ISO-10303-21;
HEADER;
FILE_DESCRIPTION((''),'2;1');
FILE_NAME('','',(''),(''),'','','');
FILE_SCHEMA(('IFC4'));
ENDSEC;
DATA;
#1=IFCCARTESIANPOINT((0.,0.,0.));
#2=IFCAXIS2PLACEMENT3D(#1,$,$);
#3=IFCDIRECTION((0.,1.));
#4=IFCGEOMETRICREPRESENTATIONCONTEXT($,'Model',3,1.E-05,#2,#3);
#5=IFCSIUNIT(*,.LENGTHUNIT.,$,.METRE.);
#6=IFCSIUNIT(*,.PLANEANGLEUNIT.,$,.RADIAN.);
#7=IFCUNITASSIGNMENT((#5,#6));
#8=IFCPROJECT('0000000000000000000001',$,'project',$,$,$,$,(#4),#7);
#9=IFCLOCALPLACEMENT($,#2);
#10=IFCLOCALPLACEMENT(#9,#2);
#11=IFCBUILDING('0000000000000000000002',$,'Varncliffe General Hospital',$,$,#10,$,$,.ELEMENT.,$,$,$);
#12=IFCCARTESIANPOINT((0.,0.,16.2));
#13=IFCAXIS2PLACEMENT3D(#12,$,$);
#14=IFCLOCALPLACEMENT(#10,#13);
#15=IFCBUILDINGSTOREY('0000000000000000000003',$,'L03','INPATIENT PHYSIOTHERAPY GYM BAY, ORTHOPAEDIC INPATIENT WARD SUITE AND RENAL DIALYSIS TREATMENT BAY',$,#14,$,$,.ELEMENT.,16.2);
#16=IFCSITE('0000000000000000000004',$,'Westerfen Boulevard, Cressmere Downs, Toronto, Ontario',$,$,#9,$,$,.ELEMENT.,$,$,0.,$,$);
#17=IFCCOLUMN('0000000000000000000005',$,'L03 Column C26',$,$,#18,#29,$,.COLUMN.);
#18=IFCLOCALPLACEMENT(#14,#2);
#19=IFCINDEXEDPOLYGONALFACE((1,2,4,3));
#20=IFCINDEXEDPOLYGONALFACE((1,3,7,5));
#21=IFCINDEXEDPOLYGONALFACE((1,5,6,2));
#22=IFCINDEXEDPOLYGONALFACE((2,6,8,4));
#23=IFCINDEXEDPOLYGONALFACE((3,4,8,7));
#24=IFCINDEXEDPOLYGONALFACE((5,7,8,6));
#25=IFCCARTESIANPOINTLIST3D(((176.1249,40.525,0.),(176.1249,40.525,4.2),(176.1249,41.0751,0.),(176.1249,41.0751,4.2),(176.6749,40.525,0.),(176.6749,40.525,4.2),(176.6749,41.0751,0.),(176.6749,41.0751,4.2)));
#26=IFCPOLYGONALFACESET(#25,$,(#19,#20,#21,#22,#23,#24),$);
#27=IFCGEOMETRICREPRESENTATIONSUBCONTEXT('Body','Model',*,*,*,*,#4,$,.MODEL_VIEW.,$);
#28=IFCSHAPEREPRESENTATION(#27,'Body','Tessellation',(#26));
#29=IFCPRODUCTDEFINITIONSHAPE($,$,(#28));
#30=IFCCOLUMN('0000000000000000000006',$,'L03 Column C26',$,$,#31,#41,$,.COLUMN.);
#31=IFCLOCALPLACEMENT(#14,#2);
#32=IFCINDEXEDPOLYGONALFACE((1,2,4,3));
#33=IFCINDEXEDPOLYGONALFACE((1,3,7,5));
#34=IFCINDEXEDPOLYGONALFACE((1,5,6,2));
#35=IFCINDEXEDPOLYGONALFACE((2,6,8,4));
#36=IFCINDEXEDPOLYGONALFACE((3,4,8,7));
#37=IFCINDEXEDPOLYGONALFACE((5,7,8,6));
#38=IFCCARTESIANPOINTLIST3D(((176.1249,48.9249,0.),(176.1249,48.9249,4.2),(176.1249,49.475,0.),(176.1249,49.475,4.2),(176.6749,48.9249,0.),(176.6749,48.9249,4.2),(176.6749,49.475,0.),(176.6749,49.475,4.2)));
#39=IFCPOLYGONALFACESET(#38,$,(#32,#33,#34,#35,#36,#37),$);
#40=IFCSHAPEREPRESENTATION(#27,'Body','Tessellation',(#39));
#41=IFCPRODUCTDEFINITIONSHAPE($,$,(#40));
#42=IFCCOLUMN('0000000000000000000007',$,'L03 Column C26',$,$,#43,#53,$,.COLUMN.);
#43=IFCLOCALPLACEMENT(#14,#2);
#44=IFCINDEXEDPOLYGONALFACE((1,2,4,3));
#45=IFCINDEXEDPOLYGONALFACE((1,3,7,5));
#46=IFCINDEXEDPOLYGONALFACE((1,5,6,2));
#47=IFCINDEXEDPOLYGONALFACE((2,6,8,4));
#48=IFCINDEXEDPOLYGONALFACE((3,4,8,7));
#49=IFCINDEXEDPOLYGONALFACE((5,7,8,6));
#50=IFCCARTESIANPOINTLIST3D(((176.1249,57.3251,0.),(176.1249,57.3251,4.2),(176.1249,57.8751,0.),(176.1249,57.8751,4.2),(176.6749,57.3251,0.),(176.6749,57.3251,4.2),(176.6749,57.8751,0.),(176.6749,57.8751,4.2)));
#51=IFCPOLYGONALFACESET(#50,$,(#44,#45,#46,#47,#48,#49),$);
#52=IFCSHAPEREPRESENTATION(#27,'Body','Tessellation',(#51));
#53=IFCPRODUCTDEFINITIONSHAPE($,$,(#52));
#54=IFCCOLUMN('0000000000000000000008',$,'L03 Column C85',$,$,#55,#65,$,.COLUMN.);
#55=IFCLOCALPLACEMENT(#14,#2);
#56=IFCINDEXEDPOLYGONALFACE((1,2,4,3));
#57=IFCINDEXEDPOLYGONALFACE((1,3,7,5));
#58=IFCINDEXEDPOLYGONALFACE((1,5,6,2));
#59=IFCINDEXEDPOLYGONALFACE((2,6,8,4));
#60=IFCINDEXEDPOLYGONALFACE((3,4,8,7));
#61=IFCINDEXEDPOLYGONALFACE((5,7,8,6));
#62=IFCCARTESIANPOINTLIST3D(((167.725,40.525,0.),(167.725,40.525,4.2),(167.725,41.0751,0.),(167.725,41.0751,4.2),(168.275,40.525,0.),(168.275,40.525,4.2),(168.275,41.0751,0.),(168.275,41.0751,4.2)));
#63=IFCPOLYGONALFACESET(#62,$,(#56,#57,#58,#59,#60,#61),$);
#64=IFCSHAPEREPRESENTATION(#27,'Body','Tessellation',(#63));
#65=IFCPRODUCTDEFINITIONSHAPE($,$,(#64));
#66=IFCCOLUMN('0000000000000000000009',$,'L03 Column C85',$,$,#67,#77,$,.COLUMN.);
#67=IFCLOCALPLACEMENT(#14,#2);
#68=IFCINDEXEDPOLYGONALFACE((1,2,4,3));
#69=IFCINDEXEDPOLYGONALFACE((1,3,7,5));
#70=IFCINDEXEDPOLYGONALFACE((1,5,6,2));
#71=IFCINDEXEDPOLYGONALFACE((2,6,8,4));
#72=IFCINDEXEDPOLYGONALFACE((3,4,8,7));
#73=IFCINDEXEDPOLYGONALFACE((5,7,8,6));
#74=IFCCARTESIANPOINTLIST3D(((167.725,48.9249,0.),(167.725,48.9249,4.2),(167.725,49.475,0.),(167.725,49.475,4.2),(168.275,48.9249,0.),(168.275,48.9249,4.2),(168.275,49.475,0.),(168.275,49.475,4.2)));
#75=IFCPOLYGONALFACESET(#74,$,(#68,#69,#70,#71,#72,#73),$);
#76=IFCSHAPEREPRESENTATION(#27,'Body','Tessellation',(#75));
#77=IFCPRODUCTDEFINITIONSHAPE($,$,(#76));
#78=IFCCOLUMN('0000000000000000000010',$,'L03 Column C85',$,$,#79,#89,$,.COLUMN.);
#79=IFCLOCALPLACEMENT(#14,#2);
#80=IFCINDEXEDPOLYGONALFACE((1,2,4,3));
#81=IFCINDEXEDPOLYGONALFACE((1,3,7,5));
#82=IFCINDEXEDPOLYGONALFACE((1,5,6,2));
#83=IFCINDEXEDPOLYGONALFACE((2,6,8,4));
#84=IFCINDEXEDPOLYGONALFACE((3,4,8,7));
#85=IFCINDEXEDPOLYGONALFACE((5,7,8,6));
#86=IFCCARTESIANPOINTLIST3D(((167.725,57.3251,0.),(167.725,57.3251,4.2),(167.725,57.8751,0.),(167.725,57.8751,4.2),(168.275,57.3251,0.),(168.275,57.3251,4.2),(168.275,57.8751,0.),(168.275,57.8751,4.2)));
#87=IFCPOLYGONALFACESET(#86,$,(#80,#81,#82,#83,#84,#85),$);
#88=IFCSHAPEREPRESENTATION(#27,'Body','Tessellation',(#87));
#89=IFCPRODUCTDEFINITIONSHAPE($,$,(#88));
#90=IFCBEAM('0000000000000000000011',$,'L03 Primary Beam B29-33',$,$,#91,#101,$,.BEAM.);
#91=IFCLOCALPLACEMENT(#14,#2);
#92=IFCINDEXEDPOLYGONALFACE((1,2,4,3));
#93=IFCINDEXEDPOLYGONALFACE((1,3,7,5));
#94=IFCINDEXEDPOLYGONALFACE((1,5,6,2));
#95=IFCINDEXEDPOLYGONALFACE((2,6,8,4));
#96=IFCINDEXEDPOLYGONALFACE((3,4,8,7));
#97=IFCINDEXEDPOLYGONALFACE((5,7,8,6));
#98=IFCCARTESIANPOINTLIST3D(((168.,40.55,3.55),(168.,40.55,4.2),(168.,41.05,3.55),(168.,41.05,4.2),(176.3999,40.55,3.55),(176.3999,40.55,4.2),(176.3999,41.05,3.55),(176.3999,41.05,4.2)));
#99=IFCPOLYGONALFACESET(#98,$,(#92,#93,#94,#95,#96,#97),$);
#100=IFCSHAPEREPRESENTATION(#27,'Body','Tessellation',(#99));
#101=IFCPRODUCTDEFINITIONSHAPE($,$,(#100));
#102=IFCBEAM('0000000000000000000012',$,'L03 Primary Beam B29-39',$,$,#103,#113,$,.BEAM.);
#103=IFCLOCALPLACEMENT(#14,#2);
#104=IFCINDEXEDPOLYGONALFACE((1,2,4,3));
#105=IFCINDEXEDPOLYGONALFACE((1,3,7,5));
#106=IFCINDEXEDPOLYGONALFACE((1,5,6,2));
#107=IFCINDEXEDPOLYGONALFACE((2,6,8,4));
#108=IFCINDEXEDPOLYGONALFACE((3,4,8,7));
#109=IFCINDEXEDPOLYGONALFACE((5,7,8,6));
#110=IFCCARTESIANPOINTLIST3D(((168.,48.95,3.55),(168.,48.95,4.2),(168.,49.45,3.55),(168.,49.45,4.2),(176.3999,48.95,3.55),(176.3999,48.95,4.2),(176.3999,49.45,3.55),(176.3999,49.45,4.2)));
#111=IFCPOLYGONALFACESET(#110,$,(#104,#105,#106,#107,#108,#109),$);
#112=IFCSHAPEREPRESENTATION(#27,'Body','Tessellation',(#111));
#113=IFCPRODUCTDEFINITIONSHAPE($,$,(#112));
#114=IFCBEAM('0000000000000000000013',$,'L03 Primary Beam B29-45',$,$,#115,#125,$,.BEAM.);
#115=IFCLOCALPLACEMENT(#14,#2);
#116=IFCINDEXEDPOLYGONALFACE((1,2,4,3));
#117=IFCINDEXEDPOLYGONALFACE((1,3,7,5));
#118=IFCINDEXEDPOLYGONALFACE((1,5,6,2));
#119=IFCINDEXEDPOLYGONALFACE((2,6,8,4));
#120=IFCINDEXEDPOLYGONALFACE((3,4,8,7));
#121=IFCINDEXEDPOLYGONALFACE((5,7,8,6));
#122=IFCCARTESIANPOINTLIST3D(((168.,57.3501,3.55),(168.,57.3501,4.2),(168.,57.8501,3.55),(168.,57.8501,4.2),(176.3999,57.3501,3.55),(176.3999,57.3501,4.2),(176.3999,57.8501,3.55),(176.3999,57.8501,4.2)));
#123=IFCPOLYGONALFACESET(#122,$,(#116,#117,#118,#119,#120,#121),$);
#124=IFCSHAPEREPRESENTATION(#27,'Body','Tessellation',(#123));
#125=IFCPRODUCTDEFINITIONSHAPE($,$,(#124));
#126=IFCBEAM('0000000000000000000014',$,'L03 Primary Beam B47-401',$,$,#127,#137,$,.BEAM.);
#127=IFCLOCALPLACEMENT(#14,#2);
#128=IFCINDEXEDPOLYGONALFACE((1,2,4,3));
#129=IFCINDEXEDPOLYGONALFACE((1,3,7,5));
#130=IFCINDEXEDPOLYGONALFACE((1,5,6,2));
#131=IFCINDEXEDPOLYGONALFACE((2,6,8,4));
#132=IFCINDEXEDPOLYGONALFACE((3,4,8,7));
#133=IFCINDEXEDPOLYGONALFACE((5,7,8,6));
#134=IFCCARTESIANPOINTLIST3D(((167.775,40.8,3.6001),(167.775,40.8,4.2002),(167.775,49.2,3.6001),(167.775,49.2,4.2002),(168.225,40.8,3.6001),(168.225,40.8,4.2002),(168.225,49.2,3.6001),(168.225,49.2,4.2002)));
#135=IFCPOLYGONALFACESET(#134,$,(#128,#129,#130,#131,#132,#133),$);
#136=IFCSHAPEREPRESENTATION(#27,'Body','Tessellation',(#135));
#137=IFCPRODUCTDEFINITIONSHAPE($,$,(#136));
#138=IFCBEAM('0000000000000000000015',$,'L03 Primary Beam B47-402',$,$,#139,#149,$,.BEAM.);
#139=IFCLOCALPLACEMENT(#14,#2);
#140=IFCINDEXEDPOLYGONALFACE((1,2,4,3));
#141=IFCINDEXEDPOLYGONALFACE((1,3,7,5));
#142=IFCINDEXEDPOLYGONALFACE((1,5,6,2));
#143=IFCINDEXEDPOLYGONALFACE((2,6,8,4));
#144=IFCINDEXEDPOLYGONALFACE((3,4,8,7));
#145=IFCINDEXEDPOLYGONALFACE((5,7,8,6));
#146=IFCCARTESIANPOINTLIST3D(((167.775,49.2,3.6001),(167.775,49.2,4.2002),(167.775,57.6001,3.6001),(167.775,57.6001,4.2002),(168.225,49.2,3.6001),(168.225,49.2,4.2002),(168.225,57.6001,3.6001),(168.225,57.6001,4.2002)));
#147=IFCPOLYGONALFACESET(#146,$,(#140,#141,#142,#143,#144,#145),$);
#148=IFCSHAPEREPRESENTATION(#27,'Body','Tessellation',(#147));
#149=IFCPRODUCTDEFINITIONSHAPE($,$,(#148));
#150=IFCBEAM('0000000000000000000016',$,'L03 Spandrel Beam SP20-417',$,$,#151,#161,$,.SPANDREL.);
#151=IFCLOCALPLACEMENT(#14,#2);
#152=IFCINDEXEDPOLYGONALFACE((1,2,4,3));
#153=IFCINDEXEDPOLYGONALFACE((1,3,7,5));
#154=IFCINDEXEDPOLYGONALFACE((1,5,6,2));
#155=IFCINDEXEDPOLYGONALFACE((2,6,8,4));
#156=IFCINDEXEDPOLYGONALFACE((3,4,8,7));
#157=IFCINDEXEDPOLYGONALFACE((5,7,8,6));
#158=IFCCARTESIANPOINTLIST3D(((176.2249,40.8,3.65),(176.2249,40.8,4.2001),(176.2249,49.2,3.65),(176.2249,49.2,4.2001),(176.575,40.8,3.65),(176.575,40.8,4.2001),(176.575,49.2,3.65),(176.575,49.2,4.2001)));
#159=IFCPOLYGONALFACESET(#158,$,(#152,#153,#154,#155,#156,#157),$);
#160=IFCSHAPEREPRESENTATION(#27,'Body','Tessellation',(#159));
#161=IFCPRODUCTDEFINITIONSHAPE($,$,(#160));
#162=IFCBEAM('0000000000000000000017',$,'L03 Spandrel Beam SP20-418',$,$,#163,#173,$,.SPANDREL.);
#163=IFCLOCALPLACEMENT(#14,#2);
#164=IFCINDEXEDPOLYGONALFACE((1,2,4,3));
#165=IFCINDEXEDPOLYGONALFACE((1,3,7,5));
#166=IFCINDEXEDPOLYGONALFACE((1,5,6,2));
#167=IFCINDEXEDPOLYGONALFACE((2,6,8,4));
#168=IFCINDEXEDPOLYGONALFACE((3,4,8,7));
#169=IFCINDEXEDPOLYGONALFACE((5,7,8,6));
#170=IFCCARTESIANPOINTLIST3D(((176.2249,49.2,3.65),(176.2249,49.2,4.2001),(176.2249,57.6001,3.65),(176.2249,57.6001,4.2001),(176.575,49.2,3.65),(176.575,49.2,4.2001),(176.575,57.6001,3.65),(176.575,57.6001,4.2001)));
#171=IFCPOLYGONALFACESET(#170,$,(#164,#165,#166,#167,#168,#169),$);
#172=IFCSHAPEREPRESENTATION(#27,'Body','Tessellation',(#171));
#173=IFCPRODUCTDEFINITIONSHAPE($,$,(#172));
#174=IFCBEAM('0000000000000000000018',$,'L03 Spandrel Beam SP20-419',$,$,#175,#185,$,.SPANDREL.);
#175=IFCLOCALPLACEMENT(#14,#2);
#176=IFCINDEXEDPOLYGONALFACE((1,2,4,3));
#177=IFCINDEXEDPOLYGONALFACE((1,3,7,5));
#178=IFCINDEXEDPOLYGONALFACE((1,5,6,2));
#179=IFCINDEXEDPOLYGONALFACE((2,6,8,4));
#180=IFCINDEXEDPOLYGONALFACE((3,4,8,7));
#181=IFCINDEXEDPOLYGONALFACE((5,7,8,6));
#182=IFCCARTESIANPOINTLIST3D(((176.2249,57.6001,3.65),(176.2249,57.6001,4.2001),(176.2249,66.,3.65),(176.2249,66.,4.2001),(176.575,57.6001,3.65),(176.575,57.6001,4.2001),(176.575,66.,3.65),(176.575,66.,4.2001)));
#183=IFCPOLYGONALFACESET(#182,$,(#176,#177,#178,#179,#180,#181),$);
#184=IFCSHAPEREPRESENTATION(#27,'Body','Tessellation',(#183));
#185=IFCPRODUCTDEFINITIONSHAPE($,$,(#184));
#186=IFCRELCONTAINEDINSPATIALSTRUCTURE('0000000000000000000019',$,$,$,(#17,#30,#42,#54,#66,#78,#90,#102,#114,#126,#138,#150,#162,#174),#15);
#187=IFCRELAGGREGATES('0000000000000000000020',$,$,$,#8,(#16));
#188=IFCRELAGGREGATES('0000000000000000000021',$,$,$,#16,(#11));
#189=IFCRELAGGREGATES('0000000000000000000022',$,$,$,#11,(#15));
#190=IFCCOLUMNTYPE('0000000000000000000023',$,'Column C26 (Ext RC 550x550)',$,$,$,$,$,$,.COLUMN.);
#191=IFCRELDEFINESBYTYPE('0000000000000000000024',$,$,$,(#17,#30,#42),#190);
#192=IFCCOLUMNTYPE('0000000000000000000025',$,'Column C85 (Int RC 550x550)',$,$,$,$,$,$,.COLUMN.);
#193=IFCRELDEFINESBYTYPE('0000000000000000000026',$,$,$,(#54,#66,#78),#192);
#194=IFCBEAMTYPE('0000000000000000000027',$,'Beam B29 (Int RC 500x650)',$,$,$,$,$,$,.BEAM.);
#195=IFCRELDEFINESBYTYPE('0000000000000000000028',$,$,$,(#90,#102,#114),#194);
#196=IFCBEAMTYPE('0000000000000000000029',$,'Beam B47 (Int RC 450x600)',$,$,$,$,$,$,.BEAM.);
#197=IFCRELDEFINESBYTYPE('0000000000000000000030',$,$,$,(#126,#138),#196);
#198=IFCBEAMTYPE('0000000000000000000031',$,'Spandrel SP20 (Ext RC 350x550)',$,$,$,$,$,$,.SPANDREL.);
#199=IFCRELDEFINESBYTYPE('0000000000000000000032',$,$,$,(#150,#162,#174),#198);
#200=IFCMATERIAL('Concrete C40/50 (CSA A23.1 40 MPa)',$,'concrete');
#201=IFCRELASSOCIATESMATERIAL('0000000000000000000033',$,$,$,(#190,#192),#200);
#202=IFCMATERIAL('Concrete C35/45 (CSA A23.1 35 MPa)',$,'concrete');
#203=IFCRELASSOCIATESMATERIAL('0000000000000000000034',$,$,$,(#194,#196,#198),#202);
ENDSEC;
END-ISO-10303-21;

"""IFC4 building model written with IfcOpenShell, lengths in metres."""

from ifc_helpers import new_model, si_unit, direction, frame, origin, origin_2d, place, context, subcontext, project, spatial, rectangle, extrude, material, material_profile, profile_set, type_object, element, save


model = new_model("IFC4")

# Units and contexts
model_context = context("Model", 3, precision=1e-05, world=origin(), true_north=direction((0.0, 1.0)))
body_context = subcontext(model_context, "Body", "Model", "MODEL_VIEW")
ifc_project = project(units=[si_unit("LENGTHUNIT", "METRE"), si_unit("PLANEANGLEUNIT", "RADIAN")], contexts=[model_context])

# Site, building, storey
site_placement = place(None, origin())
site = spatial("IfcSite", under=ifc_project, at=site_placement, Name="Westerfen Boulevard, Cressmere Downs, Toronto, Ontario", CompositionType="ELEMENT", RefElevation=0.0)
building_placement = place(site_placement, origin())
building = spatial("IfcBuilding", under=site, at=building_placement, Name="Varncliffe General Hospital", CompositionType="ELEMENT")
storey_placement = place(building_placement, frame((0.0, 0.0, 16.2)))
storey = spatial("IfcBuildingStorey", under=building, at=storey_placement, Name="L03", Description="INPATIENT PHYSIOTHERAPY GYM BAY, ORTHOPAEDIC INPATIENT WARD SUITE AND RENAL DIALYSIS TREATMENT BAY", CompositionType="ELEMENT", Elevation=16.2)

# Columns
ifc_material_1 = material(Name="Concrete C40/50 (CSA A23.1 40 MPa)", Category="concrete")
ifc_material_profile_1 = material_profile(ifc_material_1, rectangle(XDim=0.55, YDim=0.55, at=origin_2d()), Name="RC 550x550")
ifc_profile_set_1 = profile_set([ifc_material_profile_1], Name="Concrete C40/50 (CSA A23.1 40 MPa)")
column_type_1 = type_object("IfcColumnType", Name="Column C26 (Ext RC 550x550)", PredefinedType="COLUMN", material=ifc_profile_set_1)
for number, where, z_axis, x_axis, name in (
    (1, (176.3999, 40.8, 0.0), (0.0, 0.0, 1.0), (1.0, 0.0, 0.0), "L03 Column C26"),
    (2, (176.3999, 49.2, 0.0), (0.0, 0.0, 1.0), (1.0, 0.0, 0.0), "L03 Column C26"),
    (3, (176.3999, 57.6001, 0.0), (0.0, 0.0, 1.0), (1.0, 0.0, 0.0), "L03 Column C26"),
):
    element("IfcColumn", number, at=place(storey_placement, frame(where, z_axis=z_axis, x_axis=x_axis)), inside=storey, type_object=column_type_1, Name=name, PredefinedType="COLUMN", context=body_context, shape_type="SweptSolid", body=[
        extrude(rectangle(XDim=0.55, YDim=0.55, at=origin_2d()), origin(), (0.0, 0.0, 1.0), 4.2),
    ])
ifc_material_profile_2 = material_profile(ifc_material_1, rectangle(XDim=0.55, YDim=0.55, at=origin_2d()), Name="RC 550x550")
ifc_profile_set_2 = profile_set([ifc_material_profile_2], Name="Concrete C40/50 (CSA A23.1 40 MPa)")
column_type_2 = type_object("IfcColumnType", Name="Column C85 (Int RC 550x550)", PredefinedType="COLUMN", material=ifc_profile_set_2)
for number, where, z_axis, x_axis, name in (
    (4, (168.0, 40.8, 0.0), (0.0, 0.0, 1.0), (1.0, 0.0, 0.0), "L03 Column C85"),
    (5, (168.0, 49.2, 0.0), (0.0, 0.0, 1.0), (1.0, 0.0, 0.0), "L03 Column C85"),
    (6, (168.0, 57.6001, 0.0), (0.0, 0.0, 1.0), (1.0, 0.0, 0.0), "L03 Column C85"),
):
    element("IfcColumn", number, at=place(storey_placement, frame(where, z_axis=z_axis, x_axis=x_axis)), inside=storey, type_object=column_type_2, Name=name, PredefinedType="COLUMN", context=body_context, shape_type="SweptSolid", body=[
        extrude(rectangle(XDim=0.55, YDim=0.55, at=origin_2d()), origin(), (0.0, 0.0, 1.0), 4.2),
    ])

# Beams
ifc_material_2 = material(Name="Concrete C35/45 (CSA A23.1 35 MPa)", Category="concrete")
ifc_material_profile_3 = material_profile(ifc_material_2, rectangle(XDim=0.5, YDim=0.6499, at=origin_2d()), Name="RC 500x650")
ifc_profile_set_3 = profile_set([ifc_material_profile_3], Name="Concrete C35/45 (CSA A23.1 35 MPa)")
beam_type_1 = type_object("IfcBeamType", Name="Beam B29 (Int RC 500x650)", PredefinedType="BEAM", material=ifc_profile_set_3)
for number, where, z_axis, x_axis, name in (
    (7, (168.0, 40.8, 3.875), (1.0, 0.0, 0.0), (0.0, 1.0, 0.0), "L03 Primary Beam B29-33"),
    (8, (168.0, 49.2, 3.875), (1.0, 0.0, 0.0), (0.0, 1.0, 0.0), "L03 Primary Beam B29-39"),
    (9, (168.0, 57.6001, 3.875), (1.0, 0.0, 0.0), (0.0, 1.0, 0.0), "L03 Primary Beam B29-45"),
):
    element("IfcBeam", number, at=place(storey_placement, frame(where, z_axis=z_axis, x_axis=x_axis)), inside=storey, type_object=beam_type_1, Name=name, PredefinedType="BEAM", context=body_context, shape_type="SweptSolid", body=[
        extrude(rectangle(XDim=0.5, YDim=0.6499, at=origin_2d()), origin(), (0.0, 0.0, 1.0), 8.3999),
    ])
ifc_material_profile_4 = material_profile(ifc_material_2, rectangle(XDim=0.45, YDim=0.6001, at=origin_2d()), Name="RC 450x600")
ifc_profile_set_4 = profile_set([ifc_material_profile_4], Name="Concrete C35/45 (CSA A23.1 35 MPa)")
beam_type_2 = type_object("IfcBeamType", Name="Beam B47 (Int RC 450x600)", PredefinedType="BEAM", material=ifc_profile_set_4)
beam_1_placement = place(storey_placement, frame((168.0, 40.8, 3.9001), z_axis=(0.0, 1.0, 0.0), x_axis=(-1.0, 0.0, 0.0)))
element("IfcBeam", 10, at=beam_1_placement, inside=storey, type_object=beam_type_2, Name="L03 Primary Beam B47-401", PredefinedType="BEAM", context=body_context, shape_type="SweptSolid", body=[
    extrude(rectangle(XDim=0.45, YDim=0.6001, at=origin_2d()), origin(), (0.0, 0.0, 1.0), 8.3999),
])
beam_2_placement = place(storey_placement, frame((168.0, 49.2, 3.9001), z_axis=(0.0, 1.0, 0.0), x_axis=(-1.0, 0.0, 0.0)))
element("IfcBeam", 11, at=beam_2_placement, inside=storey, type_object=beam_type_2, Name="L03 Primary Beam B47-402", PredefinedType="BEAM", context=body_context, shape_type="SweptSolid", body=[
    extrude(rectangle(XDim=0.45, YDim=0.6001, at=origin_2d()), origin(), (0.0, 0.0, 1.0), 8.4001),
])
ifc_material_profile_5 = material_profile(ifc_material_2, rectangle(XDim=0.3501, YDim=0.55, at=origin_2d()), Name="RC 350x550")
ifc_profile_set_5 = profile_set([ifc_material_profile_5], Name="Concrete C35/45 (CSA A23.1 35 MPa)")
beam_type_3 = type_object("IfcBeamType", Name="Spandrel SP20 (Ext RC 350x550)", PredefinedType="SPANDREL", material=ifc_profile_set_5)
beam_3_placement = place(storey_placement, frame((176.3999, 40.8, 3.925), z_axis=(0.0, 1.0, 0.0), x_axis=(-1.0, 0.0, 0.0)))
element("IfcBeam", 12, at=beam_3_placement, inside=storey, type_object=beam_type_3, Name="L03 Spandrel Beam SP20-417", PredefinedType="SPANDREL", context=body_context, shape_type="SweptSolid", body=[
    extrude(rectangle(XDim=0.3501, YDim=0.55, at=origin_2d()), origin(), (0.0, 0.0, 1.0), 8.3999),
])
beam_4_placement = place(storey_placement, frame((176.3999, 49.2, 3.925), z_axis=(0.0, 1.0, 0.0), x_axis=(-1.0, 0.0, 0.0)))
element("IfcBeam", 13, at=beam_4_placement, inside=storey, type_object=beam_type_3, Name="L03 Spandrel Beam SP20-418", PredefinedType="SPANDREL", context=body_context, shape_type="SweptSolid", body=[
    extrude(rectangle(XDim=0.3501, YDim=0.55, at=origin_2d()), origin(), (0.0, 0.0, 1.0), 8.4001),
])
beam_5_placement = place(storey_placement, frame((176.3999, 57.6001, 3.925), z_axis=(0.0, 1.0, 0.0), x_axis=(-1.0, 0.0, 0.0)))
element("IfcBeam", 14, at=beam_5_placement, inside=storey, type_object=beam_type_3, Name="L03 Spandrel Beam SP20-419", PredefinedType="SPANDREL", context=body_context, shape_type="SweptSolid", body=[
    extrude(rectangle(XDim=0.3501, YDim=0.55, at=origin_2d()), origin(), (0.0, 0.0, 1.0), 8.3999),
])

save(model, "model.ifc")
